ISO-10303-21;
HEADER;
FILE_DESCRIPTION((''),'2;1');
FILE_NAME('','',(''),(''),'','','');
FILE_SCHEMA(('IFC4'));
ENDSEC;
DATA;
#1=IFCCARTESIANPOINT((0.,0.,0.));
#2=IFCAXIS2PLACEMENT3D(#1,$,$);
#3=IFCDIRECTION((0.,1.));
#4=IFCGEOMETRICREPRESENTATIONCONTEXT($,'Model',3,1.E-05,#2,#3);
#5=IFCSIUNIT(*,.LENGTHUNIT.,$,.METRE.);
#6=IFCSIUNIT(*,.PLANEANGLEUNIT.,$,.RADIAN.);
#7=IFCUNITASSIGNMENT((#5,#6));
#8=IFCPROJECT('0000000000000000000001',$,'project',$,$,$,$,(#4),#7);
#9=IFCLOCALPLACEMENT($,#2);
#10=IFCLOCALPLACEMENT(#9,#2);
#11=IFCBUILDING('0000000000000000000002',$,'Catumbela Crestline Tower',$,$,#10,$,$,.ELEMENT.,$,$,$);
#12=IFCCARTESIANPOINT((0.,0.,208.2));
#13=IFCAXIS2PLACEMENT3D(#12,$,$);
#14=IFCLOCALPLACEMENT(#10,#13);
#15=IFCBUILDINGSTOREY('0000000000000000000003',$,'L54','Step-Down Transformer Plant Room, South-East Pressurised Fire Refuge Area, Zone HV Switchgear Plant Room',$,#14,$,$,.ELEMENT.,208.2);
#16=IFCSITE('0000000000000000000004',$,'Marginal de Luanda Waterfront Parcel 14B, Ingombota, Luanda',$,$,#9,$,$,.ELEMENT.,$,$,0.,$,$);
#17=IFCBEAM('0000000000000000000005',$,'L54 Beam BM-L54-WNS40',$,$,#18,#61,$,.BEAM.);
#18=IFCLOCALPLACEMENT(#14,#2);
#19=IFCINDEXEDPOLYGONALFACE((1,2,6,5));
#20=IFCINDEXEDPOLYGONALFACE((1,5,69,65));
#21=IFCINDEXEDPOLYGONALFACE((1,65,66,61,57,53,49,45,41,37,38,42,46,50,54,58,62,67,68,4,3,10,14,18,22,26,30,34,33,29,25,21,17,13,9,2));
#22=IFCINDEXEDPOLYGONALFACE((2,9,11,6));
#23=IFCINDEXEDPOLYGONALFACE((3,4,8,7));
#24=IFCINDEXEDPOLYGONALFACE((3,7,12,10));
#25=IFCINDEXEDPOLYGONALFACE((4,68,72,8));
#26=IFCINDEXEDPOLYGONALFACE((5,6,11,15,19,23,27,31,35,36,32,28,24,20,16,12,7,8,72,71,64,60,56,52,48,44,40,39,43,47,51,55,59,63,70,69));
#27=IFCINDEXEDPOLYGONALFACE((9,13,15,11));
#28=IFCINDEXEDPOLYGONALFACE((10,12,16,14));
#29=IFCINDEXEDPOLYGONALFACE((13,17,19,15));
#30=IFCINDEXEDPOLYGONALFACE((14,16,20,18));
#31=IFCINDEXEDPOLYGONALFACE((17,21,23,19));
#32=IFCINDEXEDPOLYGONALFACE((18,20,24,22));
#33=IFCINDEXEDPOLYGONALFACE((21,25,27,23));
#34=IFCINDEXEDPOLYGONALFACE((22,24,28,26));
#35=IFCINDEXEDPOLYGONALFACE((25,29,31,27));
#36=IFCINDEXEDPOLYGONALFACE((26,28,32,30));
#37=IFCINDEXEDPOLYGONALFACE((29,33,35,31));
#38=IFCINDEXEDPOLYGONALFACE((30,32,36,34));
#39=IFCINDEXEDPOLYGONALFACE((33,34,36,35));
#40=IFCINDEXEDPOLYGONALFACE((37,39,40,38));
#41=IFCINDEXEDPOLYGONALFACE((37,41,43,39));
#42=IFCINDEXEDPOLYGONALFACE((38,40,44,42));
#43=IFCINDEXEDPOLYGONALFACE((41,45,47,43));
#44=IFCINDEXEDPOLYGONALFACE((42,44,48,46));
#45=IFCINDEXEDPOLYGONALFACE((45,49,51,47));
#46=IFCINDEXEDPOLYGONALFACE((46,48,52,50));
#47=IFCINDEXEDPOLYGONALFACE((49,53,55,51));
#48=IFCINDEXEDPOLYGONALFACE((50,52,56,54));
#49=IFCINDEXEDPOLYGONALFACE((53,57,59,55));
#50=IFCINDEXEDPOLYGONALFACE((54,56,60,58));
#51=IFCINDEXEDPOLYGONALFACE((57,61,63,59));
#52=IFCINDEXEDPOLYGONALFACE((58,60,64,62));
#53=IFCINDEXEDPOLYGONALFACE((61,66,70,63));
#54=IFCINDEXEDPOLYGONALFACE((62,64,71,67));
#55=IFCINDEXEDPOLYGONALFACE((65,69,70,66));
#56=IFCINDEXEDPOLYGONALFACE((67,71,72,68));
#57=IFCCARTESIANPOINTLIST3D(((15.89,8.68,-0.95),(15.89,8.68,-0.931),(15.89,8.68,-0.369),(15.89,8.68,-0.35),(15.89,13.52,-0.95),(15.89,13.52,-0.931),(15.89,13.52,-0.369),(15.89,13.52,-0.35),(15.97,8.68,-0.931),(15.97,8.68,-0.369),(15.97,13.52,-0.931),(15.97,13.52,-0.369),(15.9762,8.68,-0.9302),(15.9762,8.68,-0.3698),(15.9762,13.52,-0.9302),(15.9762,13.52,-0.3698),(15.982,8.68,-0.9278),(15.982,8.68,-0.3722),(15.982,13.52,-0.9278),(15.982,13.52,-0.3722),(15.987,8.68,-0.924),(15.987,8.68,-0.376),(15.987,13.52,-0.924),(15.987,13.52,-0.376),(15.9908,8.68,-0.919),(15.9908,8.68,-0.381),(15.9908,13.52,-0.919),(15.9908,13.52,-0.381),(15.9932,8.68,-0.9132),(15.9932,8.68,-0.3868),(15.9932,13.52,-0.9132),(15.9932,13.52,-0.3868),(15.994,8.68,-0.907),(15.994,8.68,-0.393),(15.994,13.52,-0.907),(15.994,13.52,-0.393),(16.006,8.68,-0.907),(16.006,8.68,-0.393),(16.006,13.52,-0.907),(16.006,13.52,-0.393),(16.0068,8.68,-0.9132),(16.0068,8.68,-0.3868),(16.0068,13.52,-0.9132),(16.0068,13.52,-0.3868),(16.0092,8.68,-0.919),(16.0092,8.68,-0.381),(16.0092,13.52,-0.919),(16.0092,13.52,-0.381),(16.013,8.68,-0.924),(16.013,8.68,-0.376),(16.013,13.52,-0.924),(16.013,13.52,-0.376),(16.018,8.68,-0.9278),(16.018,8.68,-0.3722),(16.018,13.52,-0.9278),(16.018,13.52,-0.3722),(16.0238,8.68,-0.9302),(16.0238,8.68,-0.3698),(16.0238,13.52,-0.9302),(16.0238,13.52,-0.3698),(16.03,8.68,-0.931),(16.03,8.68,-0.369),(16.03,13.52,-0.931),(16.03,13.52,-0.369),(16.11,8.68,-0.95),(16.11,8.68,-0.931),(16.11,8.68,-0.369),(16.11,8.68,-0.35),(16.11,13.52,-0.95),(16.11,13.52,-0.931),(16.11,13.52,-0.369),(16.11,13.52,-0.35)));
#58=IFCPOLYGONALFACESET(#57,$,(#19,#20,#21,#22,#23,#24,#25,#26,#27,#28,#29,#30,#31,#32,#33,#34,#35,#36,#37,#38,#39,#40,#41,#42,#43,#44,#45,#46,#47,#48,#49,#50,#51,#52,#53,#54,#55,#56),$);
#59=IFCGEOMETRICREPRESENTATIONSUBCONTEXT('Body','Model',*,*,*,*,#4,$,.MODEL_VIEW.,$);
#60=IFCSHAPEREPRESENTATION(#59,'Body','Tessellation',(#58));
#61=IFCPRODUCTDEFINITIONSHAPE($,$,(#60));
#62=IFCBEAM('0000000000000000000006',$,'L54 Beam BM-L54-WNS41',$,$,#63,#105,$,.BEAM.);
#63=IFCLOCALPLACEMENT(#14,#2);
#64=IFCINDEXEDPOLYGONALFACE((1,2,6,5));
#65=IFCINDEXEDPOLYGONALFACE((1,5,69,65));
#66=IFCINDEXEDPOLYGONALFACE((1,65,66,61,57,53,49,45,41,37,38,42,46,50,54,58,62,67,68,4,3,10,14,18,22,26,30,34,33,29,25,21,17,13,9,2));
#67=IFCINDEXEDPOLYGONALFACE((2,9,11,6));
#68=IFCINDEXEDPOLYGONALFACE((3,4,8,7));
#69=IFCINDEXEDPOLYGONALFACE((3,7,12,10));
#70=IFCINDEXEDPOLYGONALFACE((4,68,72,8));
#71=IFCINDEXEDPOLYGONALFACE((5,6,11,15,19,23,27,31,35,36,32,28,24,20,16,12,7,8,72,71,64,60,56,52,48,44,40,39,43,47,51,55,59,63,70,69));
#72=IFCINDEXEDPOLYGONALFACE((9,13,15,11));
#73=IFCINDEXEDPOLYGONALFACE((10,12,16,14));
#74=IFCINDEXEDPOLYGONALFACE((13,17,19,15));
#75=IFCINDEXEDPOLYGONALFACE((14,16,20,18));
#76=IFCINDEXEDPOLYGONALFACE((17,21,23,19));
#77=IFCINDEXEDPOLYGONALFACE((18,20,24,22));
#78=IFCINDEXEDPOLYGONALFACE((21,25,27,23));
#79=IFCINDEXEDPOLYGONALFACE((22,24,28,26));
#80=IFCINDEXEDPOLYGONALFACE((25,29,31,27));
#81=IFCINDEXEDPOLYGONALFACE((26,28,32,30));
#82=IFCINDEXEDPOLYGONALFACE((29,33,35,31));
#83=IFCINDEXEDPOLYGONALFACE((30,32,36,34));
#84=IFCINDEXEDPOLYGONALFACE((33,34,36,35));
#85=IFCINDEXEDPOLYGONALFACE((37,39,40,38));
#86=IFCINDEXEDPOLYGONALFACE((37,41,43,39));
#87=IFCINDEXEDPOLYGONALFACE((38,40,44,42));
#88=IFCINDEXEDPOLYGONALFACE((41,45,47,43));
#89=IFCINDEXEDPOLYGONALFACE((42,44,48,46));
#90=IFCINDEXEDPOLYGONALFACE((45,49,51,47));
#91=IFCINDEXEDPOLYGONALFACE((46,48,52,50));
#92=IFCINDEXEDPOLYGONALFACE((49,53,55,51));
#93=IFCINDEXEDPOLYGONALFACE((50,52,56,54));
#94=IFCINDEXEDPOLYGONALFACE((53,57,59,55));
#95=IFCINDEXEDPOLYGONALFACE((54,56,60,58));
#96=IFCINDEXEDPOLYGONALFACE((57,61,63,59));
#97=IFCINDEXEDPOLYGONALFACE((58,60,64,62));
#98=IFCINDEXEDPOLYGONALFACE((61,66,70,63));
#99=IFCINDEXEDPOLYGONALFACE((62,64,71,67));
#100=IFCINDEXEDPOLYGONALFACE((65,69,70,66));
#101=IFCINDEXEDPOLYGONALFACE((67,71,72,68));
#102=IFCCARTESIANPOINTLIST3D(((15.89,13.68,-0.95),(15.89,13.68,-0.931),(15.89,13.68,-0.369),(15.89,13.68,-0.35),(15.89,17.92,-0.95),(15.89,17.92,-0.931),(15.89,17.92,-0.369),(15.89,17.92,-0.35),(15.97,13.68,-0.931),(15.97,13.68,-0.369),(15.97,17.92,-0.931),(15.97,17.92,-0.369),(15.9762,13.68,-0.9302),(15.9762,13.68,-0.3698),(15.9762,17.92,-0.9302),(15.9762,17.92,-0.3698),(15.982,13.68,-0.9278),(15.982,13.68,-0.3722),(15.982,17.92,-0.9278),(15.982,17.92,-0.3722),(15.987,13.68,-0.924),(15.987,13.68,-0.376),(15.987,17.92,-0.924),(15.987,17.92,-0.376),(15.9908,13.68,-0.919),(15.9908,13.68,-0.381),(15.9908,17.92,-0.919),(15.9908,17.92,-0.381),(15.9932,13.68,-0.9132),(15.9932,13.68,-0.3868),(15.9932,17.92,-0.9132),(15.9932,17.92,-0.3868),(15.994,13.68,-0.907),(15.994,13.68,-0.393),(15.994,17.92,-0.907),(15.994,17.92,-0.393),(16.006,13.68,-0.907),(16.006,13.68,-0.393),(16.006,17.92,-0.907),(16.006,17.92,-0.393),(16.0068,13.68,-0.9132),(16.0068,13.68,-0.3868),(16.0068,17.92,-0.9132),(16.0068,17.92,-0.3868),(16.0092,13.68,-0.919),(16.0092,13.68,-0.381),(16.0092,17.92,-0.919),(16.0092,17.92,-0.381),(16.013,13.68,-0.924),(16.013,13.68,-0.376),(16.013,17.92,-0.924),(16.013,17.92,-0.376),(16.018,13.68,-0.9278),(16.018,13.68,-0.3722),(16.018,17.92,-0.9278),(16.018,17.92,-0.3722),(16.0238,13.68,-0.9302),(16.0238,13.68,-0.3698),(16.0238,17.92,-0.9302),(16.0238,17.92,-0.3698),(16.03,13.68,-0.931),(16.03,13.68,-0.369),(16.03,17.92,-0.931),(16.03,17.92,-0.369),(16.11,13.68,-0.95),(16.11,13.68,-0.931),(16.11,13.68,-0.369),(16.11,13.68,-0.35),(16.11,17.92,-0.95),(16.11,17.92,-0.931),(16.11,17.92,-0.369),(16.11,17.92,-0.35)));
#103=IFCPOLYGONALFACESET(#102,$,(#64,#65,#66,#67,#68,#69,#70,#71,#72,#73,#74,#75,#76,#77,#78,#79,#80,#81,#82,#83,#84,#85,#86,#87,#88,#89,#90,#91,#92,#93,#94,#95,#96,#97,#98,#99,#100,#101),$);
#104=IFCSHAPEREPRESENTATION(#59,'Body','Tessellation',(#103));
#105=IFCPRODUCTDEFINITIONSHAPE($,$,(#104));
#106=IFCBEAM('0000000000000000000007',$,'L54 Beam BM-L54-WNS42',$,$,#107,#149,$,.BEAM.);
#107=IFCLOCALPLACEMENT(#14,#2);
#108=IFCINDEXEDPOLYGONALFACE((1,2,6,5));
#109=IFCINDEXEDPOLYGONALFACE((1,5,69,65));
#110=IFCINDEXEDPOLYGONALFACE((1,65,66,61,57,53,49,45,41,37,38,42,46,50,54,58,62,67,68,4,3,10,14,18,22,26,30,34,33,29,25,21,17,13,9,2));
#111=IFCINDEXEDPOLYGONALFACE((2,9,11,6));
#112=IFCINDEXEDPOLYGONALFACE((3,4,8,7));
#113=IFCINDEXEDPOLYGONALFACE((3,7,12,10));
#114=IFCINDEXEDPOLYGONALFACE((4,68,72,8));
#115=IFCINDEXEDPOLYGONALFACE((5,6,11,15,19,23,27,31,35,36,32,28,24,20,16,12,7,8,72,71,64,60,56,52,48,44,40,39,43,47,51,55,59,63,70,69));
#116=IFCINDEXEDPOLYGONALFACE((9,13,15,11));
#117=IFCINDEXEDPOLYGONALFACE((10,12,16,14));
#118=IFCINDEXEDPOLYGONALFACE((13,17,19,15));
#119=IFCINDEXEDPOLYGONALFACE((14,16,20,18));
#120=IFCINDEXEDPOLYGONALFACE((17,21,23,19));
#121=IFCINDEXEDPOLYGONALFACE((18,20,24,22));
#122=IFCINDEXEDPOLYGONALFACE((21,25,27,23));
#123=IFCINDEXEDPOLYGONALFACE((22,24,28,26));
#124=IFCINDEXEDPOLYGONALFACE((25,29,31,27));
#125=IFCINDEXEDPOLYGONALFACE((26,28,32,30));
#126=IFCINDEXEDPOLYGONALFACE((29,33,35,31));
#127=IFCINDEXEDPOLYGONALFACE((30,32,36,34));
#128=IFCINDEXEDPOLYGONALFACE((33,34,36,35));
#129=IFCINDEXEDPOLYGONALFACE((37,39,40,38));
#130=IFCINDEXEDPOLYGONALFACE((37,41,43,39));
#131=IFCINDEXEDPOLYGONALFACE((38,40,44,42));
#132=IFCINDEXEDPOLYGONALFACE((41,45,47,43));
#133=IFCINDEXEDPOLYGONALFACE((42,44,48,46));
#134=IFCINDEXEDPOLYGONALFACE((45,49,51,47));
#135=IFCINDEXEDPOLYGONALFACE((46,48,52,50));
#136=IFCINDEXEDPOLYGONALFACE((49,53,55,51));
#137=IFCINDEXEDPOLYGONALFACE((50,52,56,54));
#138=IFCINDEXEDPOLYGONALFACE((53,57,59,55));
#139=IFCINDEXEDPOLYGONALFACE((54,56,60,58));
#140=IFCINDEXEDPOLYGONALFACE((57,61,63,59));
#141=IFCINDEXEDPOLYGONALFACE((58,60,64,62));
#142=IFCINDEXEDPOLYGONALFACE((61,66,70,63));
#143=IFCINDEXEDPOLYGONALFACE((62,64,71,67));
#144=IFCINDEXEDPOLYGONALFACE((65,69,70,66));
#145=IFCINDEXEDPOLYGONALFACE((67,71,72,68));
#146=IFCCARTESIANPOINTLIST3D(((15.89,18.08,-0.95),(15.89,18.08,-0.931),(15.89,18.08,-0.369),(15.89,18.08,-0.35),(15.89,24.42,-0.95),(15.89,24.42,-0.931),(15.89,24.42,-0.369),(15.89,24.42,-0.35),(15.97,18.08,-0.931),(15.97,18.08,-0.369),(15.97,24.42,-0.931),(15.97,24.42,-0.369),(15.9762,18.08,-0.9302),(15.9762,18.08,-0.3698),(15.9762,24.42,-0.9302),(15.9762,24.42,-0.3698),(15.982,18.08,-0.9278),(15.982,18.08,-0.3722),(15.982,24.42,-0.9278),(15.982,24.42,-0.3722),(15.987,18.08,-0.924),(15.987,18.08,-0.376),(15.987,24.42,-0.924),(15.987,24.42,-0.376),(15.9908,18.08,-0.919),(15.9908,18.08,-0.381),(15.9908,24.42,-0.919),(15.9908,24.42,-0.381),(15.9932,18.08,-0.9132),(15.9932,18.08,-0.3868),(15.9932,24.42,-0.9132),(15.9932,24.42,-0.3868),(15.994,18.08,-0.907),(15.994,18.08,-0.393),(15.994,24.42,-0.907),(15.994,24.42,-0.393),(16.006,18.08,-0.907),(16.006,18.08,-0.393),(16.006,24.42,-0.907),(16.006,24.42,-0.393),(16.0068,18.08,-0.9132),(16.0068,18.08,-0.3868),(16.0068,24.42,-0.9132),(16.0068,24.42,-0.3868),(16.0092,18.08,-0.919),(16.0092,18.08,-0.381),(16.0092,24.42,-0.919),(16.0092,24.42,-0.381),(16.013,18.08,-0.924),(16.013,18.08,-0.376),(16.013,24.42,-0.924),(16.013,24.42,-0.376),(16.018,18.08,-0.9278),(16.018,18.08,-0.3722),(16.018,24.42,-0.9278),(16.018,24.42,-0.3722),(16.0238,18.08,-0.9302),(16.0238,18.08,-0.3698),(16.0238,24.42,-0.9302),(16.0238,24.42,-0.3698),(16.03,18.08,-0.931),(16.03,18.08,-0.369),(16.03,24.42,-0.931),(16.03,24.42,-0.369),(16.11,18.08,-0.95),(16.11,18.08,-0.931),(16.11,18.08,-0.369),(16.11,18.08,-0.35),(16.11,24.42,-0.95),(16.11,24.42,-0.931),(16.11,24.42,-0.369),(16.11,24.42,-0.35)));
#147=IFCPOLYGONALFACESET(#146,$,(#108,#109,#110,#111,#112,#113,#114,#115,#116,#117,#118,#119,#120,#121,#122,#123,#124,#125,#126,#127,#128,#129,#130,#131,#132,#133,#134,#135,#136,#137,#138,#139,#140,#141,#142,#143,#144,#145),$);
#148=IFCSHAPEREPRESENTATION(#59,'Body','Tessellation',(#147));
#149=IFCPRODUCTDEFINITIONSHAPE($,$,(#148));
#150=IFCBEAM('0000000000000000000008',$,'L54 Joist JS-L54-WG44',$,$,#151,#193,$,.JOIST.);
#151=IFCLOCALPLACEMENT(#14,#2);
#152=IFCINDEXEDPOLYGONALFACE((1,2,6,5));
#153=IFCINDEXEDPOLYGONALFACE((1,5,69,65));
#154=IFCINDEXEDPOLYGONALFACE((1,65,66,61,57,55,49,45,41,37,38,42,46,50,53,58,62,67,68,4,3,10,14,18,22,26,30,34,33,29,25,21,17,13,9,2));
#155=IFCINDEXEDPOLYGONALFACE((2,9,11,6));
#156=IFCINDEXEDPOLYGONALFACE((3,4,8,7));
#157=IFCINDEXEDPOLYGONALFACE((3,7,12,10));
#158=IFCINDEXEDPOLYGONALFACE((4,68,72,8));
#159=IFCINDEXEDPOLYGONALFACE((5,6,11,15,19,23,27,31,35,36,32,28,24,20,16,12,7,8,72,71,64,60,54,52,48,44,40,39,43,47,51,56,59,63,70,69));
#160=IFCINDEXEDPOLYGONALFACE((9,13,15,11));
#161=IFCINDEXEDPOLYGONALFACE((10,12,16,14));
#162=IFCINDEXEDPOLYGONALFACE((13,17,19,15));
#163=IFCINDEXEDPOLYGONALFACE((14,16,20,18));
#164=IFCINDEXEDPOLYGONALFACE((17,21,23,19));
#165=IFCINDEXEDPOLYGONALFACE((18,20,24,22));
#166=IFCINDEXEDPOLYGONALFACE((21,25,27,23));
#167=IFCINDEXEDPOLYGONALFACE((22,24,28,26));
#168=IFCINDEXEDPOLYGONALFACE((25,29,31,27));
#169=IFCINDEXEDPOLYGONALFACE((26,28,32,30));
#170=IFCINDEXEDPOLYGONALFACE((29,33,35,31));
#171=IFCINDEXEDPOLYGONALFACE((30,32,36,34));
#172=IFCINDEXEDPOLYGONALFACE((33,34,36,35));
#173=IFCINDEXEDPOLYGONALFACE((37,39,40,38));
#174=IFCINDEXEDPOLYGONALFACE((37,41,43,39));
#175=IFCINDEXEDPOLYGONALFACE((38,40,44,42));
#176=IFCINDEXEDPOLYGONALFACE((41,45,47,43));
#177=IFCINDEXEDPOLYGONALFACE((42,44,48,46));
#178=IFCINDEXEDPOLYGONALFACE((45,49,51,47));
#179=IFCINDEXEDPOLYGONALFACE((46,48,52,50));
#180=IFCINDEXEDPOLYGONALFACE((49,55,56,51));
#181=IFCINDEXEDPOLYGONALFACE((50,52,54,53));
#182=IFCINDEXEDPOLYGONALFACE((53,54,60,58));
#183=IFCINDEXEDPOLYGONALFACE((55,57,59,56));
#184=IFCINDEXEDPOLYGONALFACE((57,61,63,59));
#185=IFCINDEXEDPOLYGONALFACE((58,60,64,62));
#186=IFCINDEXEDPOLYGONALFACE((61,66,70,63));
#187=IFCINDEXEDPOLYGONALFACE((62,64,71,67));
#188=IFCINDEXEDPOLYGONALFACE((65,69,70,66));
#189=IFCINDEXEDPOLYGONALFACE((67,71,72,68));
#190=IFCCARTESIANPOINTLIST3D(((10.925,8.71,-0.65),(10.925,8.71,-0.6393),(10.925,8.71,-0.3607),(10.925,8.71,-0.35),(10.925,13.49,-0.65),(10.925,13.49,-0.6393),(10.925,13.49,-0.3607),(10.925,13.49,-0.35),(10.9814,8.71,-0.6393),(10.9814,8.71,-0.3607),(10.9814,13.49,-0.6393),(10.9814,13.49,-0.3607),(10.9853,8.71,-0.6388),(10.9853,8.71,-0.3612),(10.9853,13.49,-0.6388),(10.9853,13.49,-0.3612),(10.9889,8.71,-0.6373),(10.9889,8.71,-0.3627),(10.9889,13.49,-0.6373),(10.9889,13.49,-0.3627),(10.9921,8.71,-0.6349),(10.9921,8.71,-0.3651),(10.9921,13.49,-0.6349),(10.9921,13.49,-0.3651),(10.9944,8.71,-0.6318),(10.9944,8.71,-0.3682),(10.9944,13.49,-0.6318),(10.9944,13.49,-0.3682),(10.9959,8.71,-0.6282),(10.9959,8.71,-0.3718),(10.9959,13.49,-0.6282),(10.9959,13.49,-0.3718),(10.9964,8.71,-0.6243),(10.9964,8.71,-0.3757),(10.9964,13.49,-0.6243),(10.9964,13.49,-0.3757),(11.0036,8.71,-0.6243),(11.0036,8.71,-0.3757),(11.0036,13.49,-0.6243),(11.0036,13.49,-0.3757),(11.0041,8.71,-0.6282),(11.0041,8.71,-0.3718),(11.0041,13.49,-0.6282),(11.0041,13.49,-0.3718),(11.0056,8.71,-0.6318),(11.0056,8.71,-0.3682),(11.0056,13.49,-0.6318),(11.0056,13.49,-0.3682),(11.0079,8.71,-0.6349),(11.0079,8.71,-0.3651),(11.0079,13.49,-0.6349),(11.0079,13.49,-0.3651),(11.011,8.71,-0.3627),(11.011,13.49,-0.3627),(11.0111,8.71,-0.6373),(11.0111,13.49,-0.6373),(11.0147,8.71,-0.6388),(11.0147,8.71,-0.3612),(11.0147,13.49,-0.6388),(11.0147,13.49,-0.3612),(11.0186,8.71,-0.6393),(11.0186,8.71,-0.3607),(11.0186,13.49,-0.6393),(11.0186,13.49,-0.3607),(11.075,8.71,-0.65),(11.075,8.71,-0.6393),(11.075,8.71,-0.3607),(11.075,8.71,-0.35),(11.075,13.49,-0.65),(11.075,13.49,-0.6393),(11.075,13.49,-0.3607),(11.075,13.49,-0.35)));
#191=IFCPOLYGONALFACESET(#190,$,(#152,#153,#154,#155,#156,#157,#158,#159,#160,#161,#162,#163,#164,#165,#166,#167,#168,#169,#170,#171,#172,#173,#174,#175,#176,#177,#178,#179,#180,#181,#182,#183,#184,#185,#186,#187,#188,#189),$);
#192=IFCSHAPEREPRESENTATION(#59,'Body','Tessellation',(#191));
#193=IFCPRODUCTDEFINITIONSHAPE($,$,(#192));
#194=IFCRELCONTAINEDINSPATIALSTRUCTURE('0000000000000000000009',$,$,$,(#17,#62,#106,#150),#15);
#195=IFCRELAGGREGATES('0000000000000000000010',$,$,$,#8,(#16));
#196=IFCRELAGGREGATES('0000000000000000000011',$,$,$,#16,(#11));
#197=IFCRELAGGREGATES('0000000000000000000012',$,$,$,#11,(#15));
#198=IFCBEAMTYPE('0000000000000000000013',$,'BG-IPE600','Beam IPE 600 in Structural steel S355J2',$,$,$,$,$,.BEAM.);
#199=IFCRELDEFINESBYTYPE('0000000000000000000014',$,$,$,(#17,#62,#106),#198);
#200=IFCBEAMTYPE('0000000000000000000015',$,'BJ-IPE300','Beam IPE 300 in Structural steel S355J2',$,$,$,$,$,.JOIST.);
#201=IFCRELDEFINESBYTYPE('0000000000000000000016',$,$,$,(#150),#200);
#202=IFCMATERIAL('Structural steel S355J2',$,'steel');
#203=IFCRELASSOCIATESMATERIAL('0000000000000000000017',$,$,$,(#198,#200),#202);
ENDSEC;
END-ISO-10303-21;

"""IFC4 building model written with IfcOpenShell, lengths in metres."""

from ifc_helpers import new_model, si_unit, direction, frame, origin, origin_2d, place, context, subcontext, project, spatial, i_section, extrude, material, material_profile, profile_set, type_object, element, save


model = new_model("IFC4")

# Units and contexts
model_context = context("Model", 3, precision=1e-05, world=origin(), true_north=direction((0.0, 1.0)))
body_context = subcontext(model_context, "Body", "Model", "MODEL_VIEW")
ifc_project = project(units=[si_unit("LENGTHUNIT", "METRE"), si_unit("PLANEANGLEUNIT", "RADIAN")], contexts=[model_context])

# Site, building, storey
site_placement = place(None, origin())
site = spatial("IfcSite", under=ifc_project, at=site_placement, Name="Marginal de Luanda Waterfront Parcel 14B, Ingombota, Luanda", CompositionType="ELEMENT", RefElevation=0.0)
building_placement = place(site_placement, origin())
building = spatial("IfcBuilding", under=site, at=building_placement, Name="Catumbela Crestline Tower", CompositionType="ELEMENT")
storey_placement = place(building_placement, frame((0.0, 0.0, 208.2)))
storey = spatial("IfcBuildingStorey", under=building, at=storey_placement, Name="L54", Description="Step-Down Transformer Plant Room, South-East Pressurised Fire Refuge Area, Zone HV Switchgear Plant Room", CompositionType="ELEMENT", Elevation=208.2)

# Shared definitions
ifc_material_1 = material(Name="Structural steel S355J2", Category="steel")

# Beams
ifc_material_profile_1 = material_profile(ifc_material_1, i_section(OverallWidth=0.22, OverallDepth=0.6, WebThickness=0.012, FlangeThickness=0.019, FilletRadius=0.024, at=origin_2d()), Name="IPE 600")
ifc_profile_set_1 = profile_set([ifc_material_profile_1], Name="Structural steel S355J2")
beam_type_1 = type_object("IfcBeamType", Name="BG-IPE600", Description="Beam IPE 600 in Structural steel S355J2", PredefinedType="BEAM", material=ifc_profile_set_1)
beam_1_placement = place(storey_placement, frame((16.0, 8.68, -0.65), z_axis=(0.0, 1.0, 0.0), x_axis=(-1.0, 0.0, 0.0)))
element("IfcBeam", 1, at=beam_1_placement, inside=storey, type_object=beam_type_1, Name="L54 Beam BM-L54-WNS40", PredefinedType="BEAM", context=body_context, shape_type="SweptSolid", body=[
    extrude(i_section(OverallWidth=0.22, OverallDepth=0.6, WebThickness=0.012, FlangeThickness=0.019, FilletRadius=0.024, at=origin_2d()), origin(), (0.0, 0.0, 1.0), 4.84),
])
beam_2_placement = place(storey_placement, frame((16.0, 13.68, -0.65), z_axis=(0.0, 1.0, 0.0), x_axis=(-1.0, 0.0, 0.0)))
element("IfcBeam", 2, at=beam_2_placement, inside=storey, type_object=beam_type_1, Name="L54 Beam BM-L54-WNS41", PredefinedType="BEAM", context=body_context, shape_type="SweptSolid", body=[
    extrude(i_section(OverallWidth=0.22, OverallDepth=0.6, WebThickness=0.012, FlangeThickness=0.019, FilletRadius=0.024, at=origin_2d()), origin(), (0.0, 0.0, 1.0), 4.24),
])
beam_3_placement = place(storey_placement, frame((16.0, 18.08, -0.65), z_axis=(0.0, 1.0, 0.0), x_axis=(-1.0, 0.0, 0.0)))
element("IfcBeam", 3, at=beam_3_placement, inside=storey, type_object=beam_type_1, Name="L54 Beam BM-L54-WNS42", PredefinedType="BEAM", context=body_context, shape_type="SweptSolid", body=[
    extrude(i_section(OverallWidth=0.22, OverallDepth=0.6, WebThickness=0.012, FlangeThickness=0.019, FilletRadius=0.024, at=origin_2d()), origin(), (0.0, 0.0, 1.0), 6.34),
])
ifc_material_profile_2 = material_profile(ifc_material_1, i_section(OverallWidth=0.15, OverallDepth=0.3, WebThickness=0.0071, FlangeThickness=0.0107, FilletRadius=0.015, at=origin_2d()), Name="IPE 300")
ifc_profile_set_2 = profile_set([ifc_material_profile_2], Name="Structural steel S355J2")
beam_type_2 = type_object("IfcBeamType", Name="BJ-IPE300", Description="Beam IPE 300 in Structural steel S355J2", PredefinedType="JOIST", material=ifc_profile_set_2)
for number, where, z_axis, x_axis, name in (
    (4, (11.0, 8.71, -0.5), (0.0, 1.0, 0.0), (-1.0, 0.0, 0.0), "L54 Joist JS-L54-WG44"),
):
    element("IfcBeam", number, at=place(storey_placement, frame(where, z_axis=z_axis, x_axis=x_axis)), inside=storey, type_object=beam_type_2, Name=name, PredefinedType="JOIST", context=body_context, shape_type="SweptSolid", body=[
        extrude(i_section(OverallWidth=0.15, OverallDepth=0.3, WebThickness=0.0071, FlangeThickness=0.0107, FilletRadius=0.015, at=origin_2d()), origin(), (0.0, 0.0, 1.0), 4.78),
    ])

save(model, "model.ifc")
